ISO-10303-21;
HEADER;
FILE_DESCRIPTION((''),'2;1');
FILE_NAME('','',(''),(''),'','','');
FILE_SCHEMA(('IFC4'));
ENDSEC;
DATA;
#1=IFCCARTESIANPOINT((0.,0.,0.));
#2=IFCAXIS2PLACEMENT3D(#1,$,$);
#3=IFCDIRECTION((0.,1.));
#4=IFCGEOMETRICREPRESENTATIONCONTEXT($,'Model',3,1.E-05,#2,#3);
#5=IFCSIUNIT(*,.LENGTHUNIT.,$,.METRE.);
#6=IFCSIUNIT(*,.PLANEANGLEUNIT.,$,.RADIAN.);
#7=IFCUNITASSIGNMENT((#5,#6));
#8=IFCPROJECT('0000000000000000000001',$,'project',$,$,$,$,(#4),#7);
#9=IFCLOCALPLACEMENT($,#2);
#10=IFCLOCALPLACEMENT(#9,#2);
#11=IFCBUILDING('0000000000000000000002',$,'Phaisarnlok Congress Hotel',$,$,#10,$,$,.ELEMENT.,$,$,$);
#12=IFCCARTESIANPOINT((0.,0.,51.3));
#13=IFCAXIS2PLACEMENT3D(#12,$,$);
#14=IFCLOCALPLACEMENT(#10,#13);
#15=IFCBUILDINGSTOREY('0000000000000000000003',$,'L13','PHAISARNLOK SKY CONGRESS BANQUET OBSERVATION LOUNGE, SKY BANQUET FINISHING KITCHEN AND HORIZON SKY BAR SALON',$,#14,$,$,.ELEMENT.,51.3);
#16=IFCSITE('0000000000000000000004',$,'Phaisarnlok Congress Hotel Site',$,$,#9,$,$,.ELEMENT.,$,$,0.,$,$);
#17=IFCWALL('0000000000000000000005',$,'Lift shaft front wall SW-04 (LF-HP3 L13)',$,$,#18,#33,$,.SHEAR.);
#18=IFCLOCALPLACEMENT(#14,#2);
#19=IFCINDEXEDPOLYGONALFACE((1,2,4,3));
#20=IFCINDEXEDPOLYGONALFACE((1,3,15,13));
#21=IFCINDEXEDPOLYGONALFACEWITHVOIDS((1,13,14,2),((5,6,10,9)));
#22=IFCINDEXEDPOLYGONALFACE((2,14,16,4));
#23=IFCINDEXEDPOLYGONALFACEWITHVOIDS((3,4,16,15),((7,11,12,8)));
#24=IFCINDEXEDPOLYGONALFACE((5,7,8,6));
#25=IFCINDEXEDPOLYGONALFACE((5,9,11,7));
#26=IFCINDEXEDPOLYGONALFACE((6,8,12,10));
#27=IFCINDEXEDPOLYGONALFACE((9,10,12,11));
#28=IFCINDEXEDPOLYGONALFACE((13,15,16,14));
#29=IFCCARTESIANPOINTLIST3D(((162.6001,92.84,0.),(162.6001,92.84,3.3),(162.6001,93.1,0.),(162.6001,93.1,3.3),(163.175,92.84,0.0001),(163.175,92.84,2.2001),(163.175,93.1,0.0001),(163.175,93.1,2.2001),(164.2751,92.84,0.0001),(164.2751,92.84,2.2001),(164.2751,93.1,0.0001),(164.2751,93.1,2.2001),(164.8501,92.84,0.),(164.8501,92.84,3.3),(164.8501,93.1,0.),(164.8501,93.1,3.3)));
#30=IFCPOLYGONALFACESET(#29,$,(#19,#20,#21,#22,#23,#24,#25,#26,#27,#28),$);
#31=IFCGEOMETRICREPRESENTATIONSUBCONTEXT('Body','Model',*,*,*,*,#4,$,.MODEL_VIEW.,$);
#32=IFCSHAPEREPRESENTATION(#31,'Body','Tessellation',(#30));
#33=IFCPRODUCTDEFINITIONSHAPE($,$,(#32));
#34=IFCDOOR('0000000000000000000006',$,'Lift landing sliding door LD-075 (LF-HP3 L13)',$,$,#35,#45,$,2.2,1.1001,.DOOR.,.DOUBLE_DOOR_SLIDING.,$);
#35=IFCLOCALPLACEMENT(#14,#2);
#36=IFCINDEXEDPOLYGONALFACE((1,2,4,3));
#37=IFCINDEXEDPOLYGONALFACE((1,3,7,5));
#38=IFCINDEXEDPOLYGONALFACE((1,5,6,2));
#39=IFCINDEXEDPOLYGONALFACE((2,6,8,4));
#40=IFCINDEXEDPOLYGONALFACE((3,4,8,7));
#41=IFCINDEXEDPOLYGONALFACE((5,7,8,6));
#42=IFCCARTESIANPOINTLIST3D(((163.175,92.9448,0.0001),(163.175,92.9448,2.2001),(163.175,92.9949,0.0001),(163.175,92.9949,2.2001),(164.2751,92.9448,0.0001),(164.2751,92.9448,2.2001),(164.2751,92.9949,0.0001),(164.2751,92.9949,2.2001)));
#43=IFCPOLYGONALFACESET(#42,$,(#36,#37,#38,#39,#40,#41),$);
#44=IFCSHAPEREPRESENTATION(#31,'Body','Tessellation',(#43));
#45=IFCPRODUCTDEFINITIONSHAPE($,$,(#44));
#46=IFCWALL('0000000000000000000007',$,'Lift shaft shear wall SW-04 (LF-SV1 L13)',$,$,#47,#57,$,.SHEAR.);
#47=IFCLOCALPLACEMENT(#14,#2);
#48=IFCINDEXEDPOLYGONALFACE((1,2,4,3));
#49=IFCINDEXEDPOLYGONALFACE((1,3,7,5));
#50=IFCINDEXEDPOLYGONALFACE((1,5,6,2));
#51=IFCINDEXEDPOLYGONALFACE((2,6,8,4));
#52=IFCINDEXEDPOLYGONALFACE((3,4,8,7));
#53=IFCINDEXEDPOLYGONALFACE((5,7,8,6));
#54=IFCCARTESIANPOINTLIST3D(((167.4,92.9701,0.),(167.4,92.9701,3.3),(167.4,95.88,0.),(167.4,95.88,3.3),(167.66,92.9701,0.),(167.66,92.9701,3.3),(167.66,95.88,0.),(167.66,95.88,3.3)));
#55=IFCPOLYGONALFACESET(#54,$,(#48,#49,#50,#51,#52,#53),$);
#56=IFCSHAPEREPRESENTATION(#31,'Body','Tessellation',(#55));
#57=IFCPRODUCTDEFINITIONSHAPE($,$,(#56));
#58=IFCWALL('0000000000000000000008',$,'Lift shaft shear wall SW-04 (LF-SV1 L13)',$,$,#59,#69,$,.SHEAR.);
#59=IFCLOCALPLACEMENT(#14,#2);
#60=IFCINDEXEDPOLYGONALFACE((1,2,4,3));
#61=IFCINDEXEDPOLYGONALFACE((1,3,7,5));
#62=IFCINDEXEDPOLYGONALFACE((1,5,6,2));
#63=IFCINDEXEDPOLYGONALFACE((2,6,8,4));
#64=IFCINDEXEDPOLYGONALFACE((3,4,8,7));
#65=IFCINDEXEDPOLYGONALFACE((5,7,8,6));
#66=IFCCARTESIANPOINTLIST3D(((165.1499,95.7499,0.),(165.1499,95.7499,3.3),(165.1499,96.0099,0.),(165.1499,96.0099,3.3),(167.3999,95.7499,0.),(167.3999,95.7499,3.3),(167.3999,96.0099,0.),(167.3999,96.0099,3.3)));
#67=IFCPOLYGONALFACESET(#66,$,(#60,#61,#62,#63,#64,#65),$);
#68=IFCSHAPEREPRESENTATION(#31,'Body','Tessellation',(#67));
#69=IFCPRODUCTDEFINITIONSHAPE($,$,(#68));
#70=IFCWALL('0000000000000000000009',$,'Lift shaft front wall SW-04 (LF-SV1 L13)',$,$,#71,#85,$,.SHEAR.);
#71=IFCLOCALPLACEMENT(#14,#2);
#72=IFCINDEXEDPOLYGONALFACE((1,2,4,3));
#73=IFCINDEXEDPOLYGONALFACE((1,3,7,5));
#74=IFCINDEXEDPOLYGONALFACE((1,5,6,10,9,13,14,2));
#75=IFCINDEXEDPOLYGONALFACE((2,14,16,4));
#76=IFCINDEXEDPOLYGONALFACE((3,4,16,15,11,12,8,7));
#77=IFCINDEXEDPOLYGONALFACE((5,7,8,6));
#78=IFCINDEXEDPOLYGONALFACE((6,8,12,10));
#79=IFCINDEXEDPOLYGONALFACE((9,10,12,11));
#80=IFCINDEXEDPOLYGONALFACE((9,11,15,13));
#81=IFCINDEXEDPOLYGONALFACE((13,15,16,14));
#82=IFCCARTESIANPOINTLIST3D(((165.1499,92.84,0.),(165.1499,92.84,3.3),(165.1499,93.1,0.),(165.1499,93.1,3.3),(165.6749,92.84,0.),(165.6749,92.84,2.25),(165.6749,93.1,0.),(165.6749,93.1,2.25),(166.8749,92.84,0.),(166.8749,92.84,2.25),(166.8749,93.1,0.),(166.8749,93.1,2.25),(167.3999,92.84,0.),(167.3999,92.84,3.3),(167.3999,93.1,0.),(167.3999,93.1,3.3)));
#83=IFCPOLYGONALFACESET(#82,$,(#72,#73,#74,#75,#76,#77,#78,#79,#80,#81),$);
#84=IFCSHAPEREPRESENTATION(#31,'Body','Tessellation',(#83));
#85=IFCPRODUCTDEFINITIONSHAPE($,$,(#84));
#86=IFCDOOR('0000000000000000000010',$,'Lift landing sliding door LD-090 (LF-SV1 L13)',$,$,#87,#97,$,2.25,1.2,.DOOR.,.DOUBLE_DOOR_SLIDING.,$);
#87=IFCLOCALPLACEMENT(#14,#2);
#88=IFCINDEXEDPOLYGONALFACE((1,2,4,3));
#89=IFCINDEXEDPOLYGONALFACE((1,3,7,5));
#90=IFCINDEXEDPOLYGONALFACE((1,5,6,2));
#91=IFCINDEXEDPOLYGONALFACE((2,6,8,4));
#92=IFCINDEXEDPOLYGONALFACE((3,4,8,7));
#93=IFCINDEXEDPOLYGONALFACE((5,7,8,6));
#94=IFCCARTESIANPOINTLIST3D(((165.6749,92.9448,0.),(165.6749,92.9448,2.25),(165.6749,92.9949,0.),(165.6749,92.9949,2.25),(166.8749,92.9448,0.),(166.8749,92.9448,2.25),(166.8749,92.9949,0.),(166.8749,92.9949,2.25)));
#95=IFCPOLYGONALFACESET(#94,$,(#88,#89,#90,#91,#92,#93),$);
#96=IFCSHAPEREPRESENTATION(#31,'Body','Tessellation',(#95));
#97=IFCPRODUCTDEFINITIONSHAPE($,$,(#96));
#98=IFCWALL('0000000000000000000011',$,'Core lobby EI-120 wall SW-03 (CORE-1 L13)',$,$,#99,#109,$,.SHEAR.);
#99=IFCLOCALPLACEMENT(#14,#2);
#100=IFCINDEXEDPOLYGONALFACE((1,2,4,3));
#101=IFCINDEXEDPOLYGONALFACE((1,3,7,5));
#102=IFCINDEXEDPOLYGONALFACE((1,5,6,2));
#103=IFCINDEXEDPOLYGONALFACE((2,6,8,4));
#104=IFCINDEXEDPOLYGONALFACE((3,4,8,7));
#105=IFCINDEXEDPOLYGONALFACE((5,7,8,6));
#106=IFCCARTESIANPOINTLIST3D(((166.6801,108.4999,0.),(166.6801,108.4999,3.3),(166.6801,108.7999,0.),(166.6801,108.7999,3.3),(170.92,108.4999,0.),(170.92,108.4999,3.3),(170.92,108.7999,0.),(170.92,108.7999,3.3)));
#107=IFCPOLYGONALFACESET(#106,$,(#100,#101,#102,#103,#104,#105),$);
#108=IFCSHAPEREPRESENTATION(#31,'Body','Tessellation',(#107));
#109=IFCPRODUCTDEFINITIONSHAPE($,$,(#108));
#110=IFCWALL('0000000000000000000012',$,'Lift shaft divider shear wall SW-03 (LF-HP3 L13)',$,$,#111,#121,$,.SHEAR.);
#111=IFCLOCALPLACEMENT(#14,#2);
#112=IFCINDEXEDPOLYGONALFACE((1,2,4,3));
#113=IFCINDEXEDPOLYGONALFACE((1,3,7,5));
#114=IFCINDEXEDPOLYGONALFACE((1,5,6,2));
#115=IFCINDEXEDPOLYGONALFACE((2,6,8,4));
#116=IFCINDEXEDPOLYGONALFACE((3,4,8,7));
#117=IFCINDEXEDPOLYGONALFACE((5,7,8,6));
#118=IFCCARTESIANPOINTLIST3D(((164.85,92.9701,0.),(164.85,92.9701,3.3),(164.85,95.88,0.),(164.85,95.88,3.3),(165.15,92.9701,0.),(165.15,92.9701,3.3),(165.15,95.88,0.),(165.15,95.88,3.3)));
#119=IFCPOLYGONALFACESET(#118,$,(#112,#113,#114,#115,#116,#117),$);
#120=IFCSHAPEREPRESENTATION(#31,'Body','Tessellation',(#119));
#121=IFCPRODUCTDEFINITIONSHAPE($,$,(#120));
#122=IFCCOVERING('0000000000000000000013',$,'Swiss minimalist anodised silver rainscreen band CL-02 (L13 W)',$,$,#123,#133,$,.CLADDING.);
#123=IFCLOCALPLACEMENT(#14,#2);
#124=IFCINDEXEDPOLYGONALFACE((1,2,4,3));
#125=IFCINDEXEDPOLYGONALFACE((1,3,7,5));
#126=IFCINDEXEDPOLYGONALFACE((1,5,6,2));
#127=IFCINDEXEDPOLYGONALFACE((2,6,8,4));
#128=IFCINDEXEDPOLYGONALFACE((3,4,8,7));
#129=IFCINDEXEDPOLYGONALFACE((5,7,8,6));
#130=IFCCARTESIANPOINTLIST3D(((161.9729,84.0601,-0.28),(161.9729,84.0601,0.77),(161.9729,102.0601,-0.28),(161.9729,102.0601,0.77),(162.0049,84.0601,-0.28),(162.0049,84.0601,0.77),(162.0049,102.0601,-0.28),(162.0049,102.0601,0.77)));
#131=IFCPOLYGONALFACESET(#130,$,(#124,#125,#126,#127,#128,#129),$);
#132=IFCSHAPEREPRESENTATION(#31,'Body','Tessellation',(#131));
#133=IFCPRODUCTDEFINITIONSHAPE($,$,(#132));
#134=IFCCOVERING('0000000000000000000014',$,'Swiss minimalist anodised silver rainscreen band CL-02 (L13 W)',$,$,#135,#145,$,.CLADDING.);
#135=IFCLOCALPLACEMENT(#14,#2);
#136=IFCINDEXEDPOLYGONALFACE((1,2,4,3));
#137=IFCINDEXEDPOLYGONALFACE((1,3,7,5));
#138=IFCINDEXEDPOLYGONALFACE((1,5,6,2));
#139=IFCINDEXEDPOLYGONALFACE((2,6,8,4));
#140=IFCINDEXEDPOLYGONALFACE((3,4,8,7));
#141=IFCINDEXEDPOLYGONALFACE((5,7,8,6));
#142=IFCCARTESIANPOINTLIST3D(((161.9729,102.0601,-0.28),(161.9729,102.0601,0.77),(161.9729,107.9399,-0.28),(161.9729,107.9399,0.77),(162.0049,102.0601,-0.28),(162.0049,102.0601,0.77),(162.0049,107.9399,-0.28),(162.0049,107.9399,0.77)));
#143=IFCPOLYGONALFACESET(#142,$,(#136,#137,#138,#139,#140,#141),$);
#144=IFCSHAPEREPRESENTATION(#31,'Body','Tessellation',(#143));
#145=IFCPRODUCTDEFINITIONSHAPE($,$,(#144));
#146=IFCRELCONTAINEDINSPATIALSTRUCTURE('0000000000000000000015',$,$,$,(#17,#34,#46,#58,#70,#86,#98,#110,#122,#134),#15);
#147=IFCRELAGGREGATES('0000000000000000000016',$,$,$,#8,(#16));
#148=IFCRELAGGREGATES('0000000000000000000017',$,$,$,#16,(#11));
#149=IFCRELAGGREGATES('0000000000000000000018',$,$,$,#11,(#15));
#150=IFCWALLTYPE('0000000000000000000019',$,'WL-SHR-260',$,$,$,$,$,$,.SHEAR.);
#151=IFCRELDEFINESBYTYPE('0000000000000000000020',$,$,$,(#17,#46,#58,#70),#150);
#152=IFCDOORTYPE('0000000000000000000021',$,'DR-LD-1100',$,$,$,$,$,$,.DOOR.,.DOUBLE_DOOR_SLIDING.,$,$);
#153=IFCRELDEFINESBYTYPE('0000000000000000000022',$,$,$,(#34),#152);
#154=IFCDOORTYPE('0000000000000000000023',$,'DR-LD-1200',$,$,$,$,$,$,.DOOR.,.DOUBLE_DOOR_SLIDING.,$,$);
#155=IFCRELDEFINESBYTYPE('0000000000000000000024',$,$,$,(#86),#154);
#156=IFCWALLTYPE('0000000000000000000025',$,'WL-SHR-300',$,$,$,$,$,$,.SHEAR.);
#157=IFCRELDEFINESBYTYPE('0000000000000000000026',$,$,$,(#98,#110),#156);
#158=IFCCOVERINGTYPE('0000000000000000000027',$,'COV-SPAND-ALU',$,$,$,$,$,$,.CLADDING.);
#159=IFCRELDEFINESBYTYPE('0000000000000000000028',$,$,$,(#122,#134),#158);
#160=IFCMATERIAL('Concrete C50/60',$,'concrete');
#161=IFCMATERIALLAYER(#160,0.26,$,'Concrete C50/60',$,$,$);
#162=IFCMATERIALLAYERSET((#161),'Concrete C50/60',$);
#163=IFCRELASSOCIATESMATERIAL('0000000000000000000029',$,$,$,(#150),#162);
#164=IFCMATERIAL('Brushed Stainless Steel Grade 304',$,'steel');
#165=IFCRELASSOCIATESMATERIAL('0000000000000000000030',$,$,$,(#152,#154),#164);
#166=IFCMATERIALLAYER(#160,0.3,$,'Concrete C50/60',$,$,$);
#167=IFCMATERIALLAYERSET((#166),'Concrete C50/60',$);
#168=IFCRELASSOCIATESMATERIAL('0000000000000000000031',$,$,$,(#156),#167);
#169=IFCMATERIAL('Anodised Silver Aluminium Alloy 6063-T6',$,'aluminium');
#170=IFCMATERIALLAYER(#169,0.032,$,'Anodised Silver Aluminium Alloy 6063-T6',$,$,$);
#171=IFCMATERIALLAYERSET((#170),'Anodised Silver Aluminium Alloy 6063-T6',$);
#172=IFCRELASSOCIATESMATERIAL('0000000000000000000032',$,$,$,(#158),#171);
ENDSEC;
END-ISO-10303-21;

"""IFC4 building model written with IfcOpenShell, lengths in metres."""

from ifc_helpers import new_model, si_unit, direction, frame, frame_2d, origin, place, context, subcontext, project, spatial, polyline, rectangle, outline, extrude, material, layer, layer_set, type_object, element, fill, save


model = new_model("IFC4")

# Units and contexts
model_context = context("Model", 3, precision=1e-05, world=origin(), true_north=direction((0.0, 1.0)))
body_context = subcontext(model_context, "Body", "Model", "MODEL_VIEW")
ifc_project = project(units=[si_unit("LENGTHUNIT", "METRE"), si_unit("PLANEANGLEUNIT", "RADIAN")], contexts=[model_context])

# Site, building, storey
site_placement = place(None, origin())
site = spatial("IfcSite", under=ifc_project, at=site_placement, Name="Phaisarnlok Congress Hotel Site", CompositionType="ELEMENT", RefElevation=0.0)
building_placement = place(site_placement, origin())
building = spatial("IfcBuilding", under=site, at=building_placement, Name="Phaisarnlok Congress Hotel", CompositionType="ELEMENT")
storey_placement = place(building_placement, frame((0.0, 0.0, 51.3)))
storey = spatial("IfcBuildingStorey", under=building, at=storey_placement, Name="L13", Description="PHAISARNLOK SKY CONGRESS BANQUET OBSERVATION LOUNGE, SKY BANQUET FINISHING KITCHEN AND HORIZON SKY BAR SALON", CompositionType="ELEMENT", Elevation=51.3)

# Shared definitions
ifc_material_1 = material(Name="Concrete C50/60", Category="concrete")

# Shared definitions
ifc_layer_1 = layer(ifc_material_1, 0.26, Name="Concrete C50/60")
ifc_layer_set_1 = layer_set([ifc_layer_1], Name="Concrete C50/60")
wall_type_1 = type_object("IfcWallType", Name="WL-SHR-260", PredefinedType="SHEAR", material=ifc_layer_set_1)

# Wall, opening, door
wall_1_placement = place(storey_placement, frame((162.6001, 92.97, 0.0), z_axis=(0.0, 0.0, 1.0), x_axis=(1.0, 0.0, 0.0)))
wall_1 = element("IfcWall", 1, at=wall_1_placement, inside=storey, type_object=wall_type_1, Name="Lift shaft front wall SW-04 (LF-HP3 L13)", PredefinedType="SHEAR", context=body_context, shape_type="SweptSolid", body=[
    extrude(rectangle(XDim=2.25, YDim=0.26, at=frame_2d((1.125, 0.0))), origin(), (0.0, 0.0, 1.0), 3.3),
])
opening_1_placement = place(wall_1_placement, frame((0.575, 0.0, 0.0)))
opening_1 = element("IfcOpeningElement", 2, at=opening_1_placement, cuts=wall_1, PredefinedType="OPENING", context=body_context, shape_type="SweptSolid", body=[
    extrude(rectangle(XDim=1.1001, YDim=2.2, at=frame_2d((0.55, 1.1001))), frame((0.0, 0.1401, 0.0), z_axis=(0.0, -1.0, 0.0), x_axis=(1.0, 0.0, 0.0)), (0.0, 0.0, 1.0), 0.28),
])
ifc_material_2 = material(Name="Brushed Stainless Steel Grade 304", Category="steel")
door_type_1 = type_object("IfcDoorType", Name="DR-LD-1100", OperationType="DOUBLE_DOOR_SLIDING", PredefinedType="DOOR", material=ifc_material_2)
door_1_placement = place(opening_1_placement, origin())
door_1 = element("IfcDoor", 3, at=door_1_placement, inside=storey, type_object=door_type_1, Name="Lift landing sliding door LD-075 (LF-HP3 L13)", OperationType="DOUBLE_DOOR_SLIDING", OverallHeight=2.2, OverallWidth=1.1001, PredefinedType="DOOR", context=body_context, shape_type="SweptSolid", body=[
    extrude(rectangle(XDim=1.1001, YDim=2.2, at=frame_2d((0.55, 1.1001))), frame((0.0, 0.0249, 0.0), z_axis=(0.0, -1.0, 0.0), x_axis=(1.0, 0.0, 0.0)), (0.0, 0.0, 1.0), 0.05),
])
fill(opening_1, door_1)

# Walls
wall_2_placement = place(storey_placement, frame((167.53, 92.97, 0.0), z_axis=(0.0, 0.0, 1.0), x_axis=(0.0, 1.0, 0.0)))
element("IfcWall", 4, at=wall_2_placement, inside=storey, type_object=wall_type_1, Name="Lift shaft shear wall SW-04 (LF-SV1 L13)", PredefinedType="SHEAR", context=body_context, shape_type="SweptSolid", body=[
    extrude(rectangle(XDim=2.9099, YDim=0.26, at=frame_2d((1.4551, 0.0))), origin(), (0.0, 0.0, 1.0), 3.3),
])
wall_3_placement = place(storey_placement, frame((165.1499, 95.8799, 0.0), z_axis=(0.0, 0.0, 1.0), x_axis=(1.0, 0.0, 0.0)))
element("IfcWall", 5, at=wall_3_placement, inside=storey, type_object=wall_type_1, Name="Lift shaft shear wall SW-04 (LF-SV1 L13)", PredefinedType="SHEAR", context=body_context, shape_type="SweptSolid", body=[
    extrude(rectangle(XDim=2.25, YDim=0.26, at=frame_2d((1.125, 0.0))), origin(), (0.0, 0.0, 1.0), 3.3),
])

# Wall, opening, door
wall_4_placement = place(storey_placement, frame((165.1499, 92.97, 0.0), z_axis=(0.0, 0.0, 1.0), x_axis=(1.0, 0.0, 0.0)))
wall_4 = element("IfcWall", 6, at=wall_4_placement, inside=storey, type_object=wall_type_1, Name="Lift shaft front wall SW-04 (LF-SV1 L13)", PredefinedType="SHEAR", context=body_context, shape_type="SweptSolid", body=[
    extrude(rectangle(XDim=2.25, YDim=0.26, at=frame_2d((1.125, 0.0))), origin(), (0.0, 0.0, 1.0), 3.3),
])
opening_2_placement = place(wall_4_placement, frame((0.5249, 0.0, 0.0)))
opening_2 = element("IfcOpeningElement", 7, at=opening_2_placement, cuts=wall_4, PredefinedType="OPENING", context=body_context, shape_type="SweptSolid", body=[
    extrude(rectangle(XDim=1.2, YDim=2.25, at=frame_2d((0.6001, 1.125))), frame((0.0, 0.1401, 0.0), z_axis=(0.0, -1.0, 0.0), x_axis=(1.0, 0.0, 0.0)), (0.0, 0.0, 1.0), 0.28),
])
door_type_2 = type_object("IfcDoorType", Name="DR-LD-1200", OperationType="DOUBLE_DOOR_SLIDING", PredefinedType="DOOR", material=ifc_material_2)
door_2_placement = place(opening_2_placement, origin())
door_2 = element("IfcDoor", 8, at=door_2_placement, inside=storey, type_object=door_type_2, Name="Lift landing sliding door LD-090 (LF-SV1 L13)", OperationType="DOUBLE_DOOR_SLIDING", OverallHeight=2.25, OverallWidth=1.2, PredefinedType="DOOR", context=body_context, shape_type="SweptSolid", body=[
    extrude(rectangle(XDim=1.2, YDim=2.25, at=frame_2d((0.6001, 1.125))), frame((0.0, 0.0249, 0.0), z_axis=(0.0, -1.0, 0.0), x_axis=(1.0, 0.0, 0.0)), (0.0, 0.0, 1.0), 0.05),
])
fill(opening_2, door_2)

# Walls
ifc_layer_2 = layer(ifc_material_1, 0.3, Name="Concrete C50/60")
ifc_layer_set_2 = layer_set([ifc_layer_2], Name="Concrete C50/60")
wall_type_2 = type_object("IfcWallType", Name="WL-SHR-300", PredefinedType="SHEAR", material=ifc_layer_set_2)
wall_5_placement = place(storey_placement, frame((166.6799, 108.6499, 0.0), z_axis=(0.0, 0.0, 1.0), x_axis=(1.0, 0.0, 0.0)))
element("IfcWall", 9, at=wall_5_placement, inside=storey, type_object=wall_type_2, Name="Core lobby EI-120 wall SW-03 (CORE-1 L13)", PredefinedType="SHEAR", context=body_context, shape_type="SweptSolid", body=[
    extrude(rectangle(XDim=4.24, YDim=0.3, at=frame_2d((2.1201, 0.0))), origin(), (0.0, 0.0, 1.0), 3.3),
])
wall_6_placement = place(storey_placement, frame((165.0, 92.97, 0.0), z_axis=(0.0, 0.0, 1.0), x_axis=(0.0, 1.0, 0.0)))
element("IfcWall", 10, at=wall_6_placement, inside=storey, type_object=wall_type_2, Name="Lift shaft divider shear wall SW-03 (LF-HP3 L13)", PredefinedType="SHEAR", context=body_context, shape_type="SweptSolid", body=[
    extrude(rectangle(XDim=2.9099, YDim=0.3, at=frame_2d((1.4551, 0.0))), origin(), (0.0, 0.0, 1.0), 3.3),
])

# Coverings
ifc_material_3 = material(Name="Anodised Silver Aluminium Alloy 6063-T6", Category="aluminium")
ifc_layer_3 = layer(ifc_material_3, 0.032, Name="Anodised Silver Aluminium Alloy 6063-T6")
ifc_layer_set_3 = layer_set([ifc_layer_3], Name="Anodised Silver Aluminium Alloy 6063-T6")
covering_type = type_object("IfcCoveringType", Name="COV-SPAND-ALU", PredefinedType="CLADDING", material=ifc_layer_set_3)
covering_1_placement = place(storey_placement, frame((162.0049, 102.0601, -0.28), z_axis=(-1.0, 0.0, 0.0), x_axis=(0.0, -1.0, 0.0)))
element("IfcCovering", 11, at=covering_1_placement, inside=storey, type_object=covering_type, Name="Swiss minimalist anodised silver rainscreen band CL-02 (L13 W)", PredefinedType="CLADDING", context=body_context, shape_type="SweptSolid", body=[
    extrude(outline(polyline([(0.0, 0.0), (18.0, 0.0), (18.0, 1.05), (0.0, 1.05), (0.0, 0.0)])), origin(), (0.0, 0.0, 1.0), 0.032),
])
covering_2_placement = place(storey_placement, frame((162.0049, 107.9399, -0.28), z_axis=(-1.0, 0.0, 0.0), x_axis=(0.0, -1.0, 0.0)))
element("IfcCovering", 12, at=covering_2_placement, inside=storey, type_object=covering_type, Name="Swiss minimalist anodised silver rainscreen band CL-02 (L13 W)", PredefinedType="CLADDING", context=body_context, shape_type="SweptSolid", body=[
    extrude(outline(polyline([(0.0, 0.0), (5.8799, 0.0), (5.8799, 1.05), (0.0, 1.05), (0.0, 0.0)])), origin(), (0.0, 0.0, 1.0), 0.032),
])

save(model, "model.ifc")
